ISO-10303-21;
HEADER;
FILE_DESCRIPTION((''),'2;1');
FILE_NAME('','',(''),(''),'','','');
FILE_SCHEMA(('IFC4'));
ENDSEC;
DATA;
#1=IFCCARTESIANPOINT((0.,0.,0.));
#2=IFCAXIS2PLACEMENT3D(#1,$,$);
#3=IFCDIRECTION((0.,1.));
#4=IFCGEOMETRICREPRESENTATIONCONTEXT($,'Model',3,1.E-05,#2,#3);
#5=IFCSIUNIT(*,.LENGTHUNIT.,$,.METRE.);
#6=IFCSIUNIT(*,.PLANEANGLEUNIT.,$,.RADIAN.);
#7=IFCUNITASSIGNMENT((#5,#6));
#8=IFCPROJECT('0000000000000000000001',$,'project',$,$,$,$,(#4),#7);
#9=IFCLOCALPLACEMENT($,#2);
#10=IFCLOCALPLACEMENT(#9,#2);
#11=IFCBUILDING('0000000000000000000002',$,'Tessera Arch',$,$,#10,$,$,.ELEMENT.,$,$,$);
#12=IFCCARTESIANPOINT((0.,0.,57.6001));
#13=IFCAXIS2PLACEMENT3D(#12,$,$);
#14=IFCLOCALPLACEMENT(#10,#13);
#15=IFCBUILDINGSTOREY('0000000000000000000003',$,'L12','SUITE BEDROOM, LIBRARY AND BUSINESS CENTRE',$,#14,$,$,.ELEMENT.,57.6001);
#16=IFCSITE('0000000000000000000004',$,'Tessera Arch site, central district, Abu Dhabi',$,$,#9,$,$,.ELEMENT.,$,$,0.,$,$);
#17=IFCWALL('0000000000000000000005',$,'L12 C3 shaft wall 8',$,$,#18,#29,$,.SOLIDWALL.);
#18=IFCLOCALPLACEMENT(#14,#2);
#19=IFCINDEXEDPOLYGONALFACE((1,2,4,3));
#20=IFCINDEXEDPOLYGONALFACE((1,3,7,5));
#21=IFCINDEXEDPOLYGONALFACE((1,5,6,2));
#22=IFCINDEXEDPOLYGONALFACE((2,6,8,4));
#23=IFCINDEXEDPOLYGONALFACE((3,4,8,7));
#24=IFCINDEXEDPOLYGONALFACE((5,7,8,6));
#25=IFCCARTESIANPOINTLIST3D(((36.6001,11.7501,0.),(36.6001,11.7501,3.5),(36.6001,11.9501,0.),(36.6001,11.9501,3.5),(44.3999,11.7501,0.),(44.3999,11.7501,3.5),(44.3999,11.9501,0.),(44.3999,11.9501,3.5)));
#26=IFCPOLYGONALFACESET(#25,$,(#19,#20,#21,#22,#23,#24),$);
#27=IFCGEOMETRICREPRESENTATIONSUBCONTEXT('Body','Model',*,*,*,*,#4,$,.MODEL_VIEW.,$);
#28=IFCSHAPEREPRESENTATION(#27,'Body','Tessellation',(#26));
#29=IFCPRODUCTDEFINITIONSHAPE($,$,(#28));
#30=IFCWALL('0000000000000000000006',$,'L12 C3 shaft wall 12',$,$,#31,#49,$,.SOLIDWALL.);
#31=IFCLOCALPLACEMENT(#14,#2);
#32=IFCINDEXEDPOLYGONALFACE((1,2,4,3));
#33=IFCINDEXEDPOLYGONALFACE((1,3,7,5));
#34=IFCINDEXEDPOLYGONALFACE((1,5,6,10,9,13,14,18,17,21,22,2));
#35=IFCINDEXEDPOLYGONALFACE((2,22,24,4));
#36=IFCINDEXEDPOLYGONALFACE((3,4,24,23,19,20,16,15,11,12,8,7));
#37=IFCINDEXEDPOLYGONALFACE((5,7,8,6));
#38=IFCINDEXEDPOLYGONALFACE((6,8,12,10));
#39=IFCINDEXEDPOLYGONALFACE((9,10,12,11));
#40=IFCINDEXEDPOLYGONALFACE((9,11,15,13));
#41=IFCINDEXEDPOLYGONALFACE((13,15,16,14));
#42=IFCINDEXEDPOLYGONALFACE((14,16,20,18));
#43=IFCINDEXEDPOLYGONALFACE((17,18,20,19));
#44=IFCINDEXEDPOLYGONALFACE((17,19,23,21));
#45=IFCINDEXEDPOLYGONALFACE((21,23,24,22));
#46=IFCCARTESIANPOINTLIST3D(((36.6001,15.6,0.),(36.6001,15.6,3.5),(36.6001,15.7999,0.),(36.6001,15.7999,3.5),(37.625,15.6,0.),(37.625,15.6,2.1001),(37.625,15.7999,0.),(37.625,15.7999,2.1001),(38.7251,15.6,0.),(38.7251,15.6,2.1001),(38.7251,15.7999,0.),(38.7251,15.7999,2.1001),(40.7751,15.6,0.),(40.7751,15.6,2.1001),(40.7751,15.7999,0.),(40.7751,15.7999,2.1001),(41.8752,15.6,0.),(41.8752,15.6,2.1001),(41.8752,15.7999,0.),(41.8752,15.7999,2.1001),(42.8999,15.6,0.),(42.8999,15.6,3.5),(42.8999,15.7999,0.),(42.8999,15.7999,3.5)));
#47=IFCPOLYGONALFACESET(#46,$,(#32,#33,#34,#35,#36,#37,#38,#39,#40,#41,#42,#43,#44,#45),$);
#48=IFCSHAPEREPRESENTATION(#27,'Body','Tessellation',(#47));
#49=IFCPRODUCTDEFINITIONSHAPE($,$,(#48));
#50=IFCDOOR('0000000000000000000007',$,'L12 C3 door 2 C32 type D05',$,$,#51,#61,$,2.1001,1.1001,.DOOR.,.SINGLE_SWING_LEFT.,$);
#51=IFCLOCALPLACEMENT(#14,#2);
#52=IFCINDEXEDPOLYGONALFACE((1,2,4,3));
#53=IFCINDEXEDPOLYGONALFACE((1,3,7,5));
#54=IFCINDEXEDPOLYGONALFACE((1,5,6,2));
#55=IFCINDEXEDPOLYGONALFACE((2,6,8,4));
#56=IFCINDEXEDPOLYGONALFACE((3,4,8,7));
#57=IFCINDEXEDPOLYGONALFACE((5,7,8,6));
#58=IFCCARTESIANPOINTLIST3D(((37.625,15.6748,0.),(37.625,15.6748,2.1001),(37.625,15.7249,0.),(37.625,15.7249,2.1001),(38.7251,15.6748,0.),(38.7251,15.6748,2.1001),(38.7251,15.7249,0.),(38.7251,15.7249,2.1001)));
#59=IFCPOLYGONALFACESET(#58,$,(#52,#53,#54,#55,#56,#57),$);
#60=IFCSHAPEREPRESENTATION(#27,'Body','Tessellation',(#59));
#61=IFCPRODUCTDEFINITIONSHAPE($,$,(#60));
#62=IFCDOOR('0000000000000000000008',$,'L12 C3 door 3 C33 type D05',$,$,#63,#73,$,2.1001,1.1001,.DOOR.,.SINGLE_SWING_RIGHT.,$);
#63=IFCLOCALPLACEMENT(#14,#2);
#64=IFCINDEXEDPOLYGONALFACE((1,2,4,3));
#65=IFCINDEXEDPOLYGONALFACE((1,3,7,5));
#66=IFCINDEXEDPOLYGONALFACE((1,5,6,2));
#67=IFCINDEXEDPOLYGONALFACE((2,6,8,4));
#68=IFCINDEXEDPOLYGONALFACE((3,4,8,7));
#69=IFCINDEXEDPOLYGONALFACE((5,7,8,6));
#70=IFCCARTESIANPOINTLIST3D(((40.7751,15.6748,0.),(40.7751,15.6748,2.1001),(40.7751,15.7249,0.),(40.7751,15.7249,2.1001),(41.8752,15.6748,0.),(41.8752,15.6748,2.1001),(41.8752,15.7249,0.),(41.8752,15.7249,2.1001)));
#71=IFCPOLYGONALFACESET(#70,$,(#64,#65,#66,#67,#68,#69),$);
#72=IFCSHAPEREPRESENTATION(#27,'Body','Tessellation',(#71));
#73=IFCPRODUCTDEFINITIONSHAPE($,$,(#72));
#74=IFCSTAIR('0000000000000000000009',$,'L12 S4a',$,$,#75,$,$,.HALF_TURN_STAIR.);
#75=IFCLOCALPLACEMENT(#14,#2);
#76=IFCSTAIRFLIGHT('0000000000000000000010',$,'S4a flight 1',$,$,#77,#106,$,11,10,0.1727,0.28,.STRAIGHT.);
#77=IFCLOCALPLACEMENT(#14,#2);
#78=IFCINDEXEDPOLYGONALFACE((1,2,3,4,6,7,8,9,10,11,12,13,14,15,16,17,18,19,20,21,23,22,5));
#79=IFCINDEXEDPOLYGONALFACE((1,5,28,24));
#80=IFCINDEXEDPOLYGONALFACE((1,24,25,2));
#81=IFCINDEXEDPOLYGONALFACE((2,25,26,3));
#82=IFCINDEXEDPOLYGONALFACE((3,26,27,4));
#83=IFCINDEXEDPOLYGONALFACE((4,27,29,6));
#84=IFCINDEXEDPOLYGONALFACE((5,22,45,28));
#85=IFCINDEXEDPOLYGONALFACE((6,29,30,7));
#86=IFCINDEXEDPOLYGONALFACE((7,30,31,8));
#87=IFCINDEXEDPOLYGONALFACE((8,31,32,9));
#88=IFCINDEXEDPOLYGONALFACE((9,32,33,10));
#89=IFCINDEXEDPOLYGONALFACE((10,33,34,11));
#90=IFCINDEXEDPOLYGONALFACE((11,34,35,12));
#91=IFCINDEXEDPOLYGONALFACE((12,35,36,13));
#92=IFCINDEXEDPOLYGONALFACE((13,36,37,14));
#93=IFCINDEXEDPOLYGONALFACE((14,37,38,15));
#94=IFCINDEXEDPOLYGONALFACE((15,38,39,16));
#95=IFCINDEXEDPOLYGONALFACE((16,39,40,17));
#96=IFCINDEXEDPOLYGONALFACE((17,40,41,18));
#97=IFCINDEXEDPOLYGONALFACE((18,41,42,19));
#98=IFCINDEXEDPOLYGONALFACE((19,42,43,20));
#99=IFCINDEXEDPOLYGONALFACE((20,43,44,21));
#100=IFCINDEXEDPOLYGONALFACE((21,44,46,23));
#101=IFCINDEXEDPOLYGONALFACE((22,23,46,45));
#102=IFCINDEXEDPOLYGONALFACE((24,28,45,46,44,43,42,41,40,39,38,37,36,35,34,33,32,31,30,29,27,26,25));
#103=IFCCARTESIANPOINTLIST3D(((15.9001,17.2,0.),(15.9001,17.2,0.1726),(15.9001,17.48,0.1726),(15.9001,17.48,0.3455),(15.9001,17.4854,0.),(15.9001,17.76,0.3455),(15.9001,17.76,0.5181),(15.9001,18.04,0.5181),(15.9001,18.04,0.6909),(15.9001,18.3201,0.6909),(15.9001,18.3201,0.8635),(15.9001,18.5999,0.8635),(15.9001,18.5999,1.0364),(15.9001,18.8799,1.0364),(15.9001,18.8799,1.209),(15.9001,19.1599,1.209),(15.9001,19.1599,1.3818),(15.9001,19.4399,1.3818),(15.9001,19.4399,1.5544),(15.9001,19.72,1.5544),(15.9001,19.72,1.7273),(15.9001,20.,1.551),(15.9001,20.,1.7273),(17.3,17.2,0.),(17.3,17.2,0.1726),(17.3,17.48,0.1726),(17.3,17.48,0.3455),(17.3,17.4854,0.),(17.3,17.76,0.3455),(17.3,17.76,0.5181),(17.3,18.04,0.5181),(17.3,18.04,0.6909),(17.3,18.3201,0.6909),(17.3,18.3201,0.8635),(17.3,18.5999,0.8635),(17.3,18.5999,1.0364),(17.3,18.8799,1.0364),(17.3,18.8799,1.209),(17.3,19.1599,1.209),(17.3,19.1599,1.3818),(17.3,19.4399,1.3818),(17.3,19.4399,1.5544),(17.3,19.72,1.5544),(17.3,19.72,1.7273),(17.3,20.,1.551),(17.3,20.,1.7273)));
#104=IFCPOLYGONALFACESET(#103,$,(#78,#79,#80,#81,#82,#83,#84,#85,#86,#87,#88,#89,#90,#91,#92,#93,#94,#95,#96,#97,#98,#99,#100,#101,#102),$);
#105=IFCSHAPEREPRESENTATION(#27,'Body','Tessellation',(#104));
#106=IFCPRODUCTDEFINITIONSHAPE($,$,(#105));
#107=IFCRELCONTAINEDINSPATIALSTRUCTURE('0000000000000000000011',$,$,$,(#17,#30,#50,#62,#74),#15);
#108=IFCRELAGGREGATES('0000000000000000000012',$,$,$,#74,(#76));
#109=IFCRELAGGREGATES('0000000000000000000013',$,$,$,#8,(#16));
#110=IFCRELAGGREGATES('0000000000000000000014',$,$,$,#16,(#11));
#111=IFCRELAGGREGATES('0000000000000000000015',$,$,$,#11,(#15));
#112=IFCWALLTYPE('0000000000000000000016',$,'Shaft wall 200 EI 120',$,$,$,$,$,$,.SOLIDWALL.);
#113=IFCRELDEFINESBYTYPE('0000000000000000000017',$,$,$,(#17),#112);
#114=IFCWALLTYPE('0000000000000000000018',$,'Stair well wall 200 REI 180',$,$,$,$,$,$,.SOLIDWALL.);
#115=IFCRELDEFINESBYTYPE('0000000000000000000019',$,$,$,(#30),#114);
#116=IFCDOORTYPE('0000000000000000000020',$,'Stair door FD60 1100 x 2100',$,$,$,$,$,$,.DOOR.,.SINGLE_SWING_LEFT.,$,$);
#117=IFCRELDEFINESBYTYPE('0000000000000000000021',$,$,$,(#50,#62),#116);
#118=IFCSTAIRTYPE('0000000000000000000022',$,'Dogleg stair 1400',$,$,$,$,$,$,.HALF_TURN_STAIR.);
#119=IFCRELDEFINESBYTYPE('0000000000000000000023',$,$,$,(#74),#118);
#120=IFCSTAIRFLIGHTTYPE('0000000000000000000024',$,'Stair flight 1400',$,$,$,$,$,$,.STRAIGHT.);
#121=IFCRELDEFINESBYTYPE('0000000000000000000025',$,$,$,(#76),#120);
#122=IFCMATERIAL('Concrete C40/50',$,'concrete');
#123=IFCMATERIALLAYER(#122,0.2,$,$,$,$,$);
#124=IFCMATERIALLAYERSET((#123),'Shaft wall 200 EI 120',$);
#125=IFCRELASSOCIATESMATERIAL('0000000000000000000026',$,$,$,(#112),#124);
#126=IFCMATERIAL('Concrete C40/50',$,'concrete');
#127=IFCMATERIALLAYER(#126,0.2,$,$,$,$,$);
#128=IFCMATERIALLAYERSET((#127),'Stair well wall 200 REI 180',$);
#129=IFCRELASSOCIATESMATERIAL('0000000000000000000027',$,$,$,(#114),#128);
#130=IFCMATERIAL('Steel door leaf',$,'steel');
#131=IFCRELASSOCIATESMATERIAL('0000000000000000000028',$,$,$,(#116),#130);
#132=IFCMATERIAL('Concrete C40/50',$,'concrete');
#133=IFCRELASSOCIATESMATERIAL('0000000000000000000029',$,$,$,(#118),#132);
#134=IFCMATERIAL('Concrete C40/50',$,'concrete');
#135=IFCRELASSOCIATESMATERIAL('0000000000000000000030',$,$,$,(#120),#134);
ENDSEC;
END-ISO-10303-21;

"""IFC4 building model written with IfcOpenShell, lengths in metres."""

from ifc_helpers import new_model, si_unit, direction, frame, frame_2d, origin, place, context, subcontext, project, spatial, polyline, rectangle, outline, extrude, material, layer, layer_set, type_object, element, fill, aggregate, save


model = new_model("IFC4")

# Units and contexts
model_context = context("Model", 3, precision=1e-05, world=origin(), true_north=direction((0.0, 1.0)))
body_context = subcontext(model_context, "Body", "Model", "MODEL_VIEW")
ifc_project = project(units=[si_unit("LENGTHUNIT", "METRE"), si_unit("PLANEANGLEUNIT", "RADIAN")], contexts=[model_context])

# Site, building, storey
site_placement = place(None, origin())
site = spatial("IfcSite", under=ifc_project, at=site_placement, Name="Tessera Arch site, central district, Abu Dhabi", CompositionType="ELEMENT", RefElevation=0.0)
building_placement = place(site_placement, origin())
building = spatial("IfcBuilding", under=site, at=building_placement, Name="Tessera Arch", CompositionType="ELEMENT")
storey_placement = place(building_placement, frame((0.0, 0.0, 57.6001)))
storey = spatial("IfcBuildingStorey", under=building, at=storey_placement, Name="L12", Description="SUITE BEDROOM, LIBRARY AND BUSINESS CENTRE", CompositionType="ELEMENT", Elevation=57.6001)

# Wall
ifc_material_1 = material(Name="Concrete C40/50", Category="concrete")
ifc_layer_1 = layer(ifc_material_1, 0.2)
ifc_layer_set_1 = layer_set([ifc_layer_1], Name="Shaft wall 200 EI 120")
wall_type_1 = type_object("IfcWallType", Name="Shaft wall 200 EI 120", PredefinedType="SOLIDWALL", material=ifc_layer_set_1)
wall_1_placement = place(storey_placement, frame((36.6001, 11.8501, 0.0), z_axis=(0.0, 0.0, 1.0), x_axis=(1.0, 0.0, 0.0)))
element("IfcWall", 1, at=wall_1_placement, inside=storey, type_object=wall_type_1, Name="L12 C3 shaft wall 8", PredefinedType="SOLIDWALL", context=body_context, shape_type="SweptSolid", body=[
    extrude(rectangle(XDim=7.7998, YDim=0.2, at=frame_2d((3.8999, 0.0))), origin(), (0.0, 0.0, 1.0), 3.5),
])

# Wall, openings, doors
ifc_material_2 = material(Name="Concrete C40/50", Category="concrete")
ifc_layer_2 = layer(ifc_material_2, 0.2)
ifc_layer_set_2 = layer_set([ifc_layer_2], Name="Stair well wall 200 REI 180")
wall_type_2 = type_object("IfcWallType", Name="Stair well wall 200 REI 180", PredefinedType="SOLIDWALL", material=ifc_layer_set_2)
wall_2_placement = place(storey_placement, frame((36.6001, 15.7, 0.0), z_axis=(0.0, 0.0, 1.0), x_axis=(1.0, 0.0, 0.0)))
wall_2 = element("IfcWall", 2, at=wall_2_placement, inside=storey, type_object=wall_type_2, Name="L12 C3 shaft wall 12", PredefinedType="SOLIDWALL", context=body_context, shape_type="SweptSolid", body=[
    extrude(rectangle(XDim=6.2998, YDim=0.2, at=frame_2d((3.1499, 0.0))), origin(), (0.0, 0.0, 1.0), 3.5),
])
opening_1_placement = place(wall_2_placement, frame((1.0249, 0.0, 0.0)))
opening_1 = element("IfcOpeningElement", 3, at=opening_1_placement, cuts=wall_2, PredefinedType="OPENING", context=body_context, shape_type="SweptSolid", body=[
    extrude(rectangle(XDim=1.1001, YDim=2.1001, at=frame_2d((0.55, 1.05))), frame((0.0, 0.1099, 0.0), z_axis=(0.0, -1.0, 0.0), x_axis=(1.0, 0.0, 0.0)), (0.0, 0.0, 1.0), 0.22),
])
opening_2_placement = place(wall_2_placement, frame((4.175, 0.0, 0.0)))
opening_2 = element("IfcOpeningElement", 4, at=opening_2_placement, cuts=wall_2, PredefinedType="OPENING", context=body_context, shape_type="SweptSolid", body=[
    extrude(rectangle(XDim=1.1001, YDim=2.1001, at=frame_2d((0.55, 1.05))), frame((0.0, 0.1099, 0.0), z_axis=(0.0, -1.0, 0.0), x_axis=(1.0, 0.0, 0.0)), (0.0, 0.0, 1.0), 0.22),
])
ifc_material_3 = material(Name="Steel door leaf", Category="steel")
door_type_1 = type_object("IfcDoorType", Name="Stair door FD60 1100 x 2100", OperationType="SINGLE_SWING_LEFT", PredefinedType="DOOR", material=ifc_material_3)
door_1_placement = place(opening_1_placement, origin())
door_1 = element("IfcDoor", 5, at=door_1_placement, inside=storey, type_object=door_type_1, Name="L12 C3 door 2 C32 type D05", OperationType="SINGLE_SWING_LEFT", OverallHeight=2.1001, OverallWidth=1.1001, PredefinedType="DOOR", context=body_context, shape_type="SweptSolid", body=[
    extrude(rectangle(XDim=1.1001, YDim=2.1001, at=frame_2d((0.55, 1.05))), frame((0.0, 0.0249, 0.0), z_axis=(0.0, -1.0, 0.0), x_axis=(1.0, 0.0, 0.0)), (0.0, 0.0, 1.0), 0.05),
])
fill(opening_1, door_1)
door_2_placement = place(opening_2_placement, origin())
door_2 = element("IfcDoor", 6, at=door_2_placement, inside=storey, type_object=door_type_1, Name="L12 C3 door 3 C33 type D05", OperationType="SINGLE_SWING_RIGHT", OverallHeight=2.1001, OverallWidth=1.1001, PredefinedType="DOOR", context=body_context, shape_type="SweptSolid", body=[
    extrude(rectangle(XDim=1.1001, YDim=2.1001, at=frame_2d((0.55, 1.05))), frame((0.0, 0.0249, 0.0), z_axis=(0.0, -1.0, 0.0), x_axis=(1.0, 0.0, 0.0)), (0.0, 0.0, 1.0), 0.05),
])
fill(opening_2, door_2)

# Stair, stair flight
ifc_material_4 = material(Name="Concrete C40/50", Category="concrete")
stair_type = type_object("IfcStairType", Name="Dogleg stair 1400", PredefinedType="HALF_TURN_STAIR", material=ifc_material_4)
stair_placement = place(storey_placement, origin())
stair = element("IfcStair", 7, at=stair_placement, inside=storey, type_object=stair_type, Name="L12 S4a", PredefinedType="HALF_TURN_STAIR")
ifc_material_5 = material(Name="Concrete C40/50", Category="concrete")
stair_flight_type = type_object("IfcStairFlightType", Name="Stair flight 1400", PredefinedType="STRAIGHT", material=ifc_material_5)
stair_flight_placement = place(storey_placement, frame((16.6001, 17.2, 0.0), z_axis=(0.0, 0.0, 1.0), x_axis=(0.0, 1.0, 0.0)))
stair_flight = element("IfcStairFlight", 8, at=stair_flight_placement, type_object=stair_flight_type, Name="S4a flight 1", NumberOfRisers=11, NumberOfTreads=10, PredefinedType="STRAIGHT", RiserHeight=0.1727, TreadLength=0.28, context=body_context, shape_type="SweptSolid", body=[
    extrude(outline(polyline([(0.0, 0.0), (0.0, 0.1726), (0.28, 0.1726), (0.28, 0.3455), (0.5601, 0.3455), (0.5601, 0.5181), (0.8401, 0.5181), (0.8401, 0.6909), (1.1201, 0.6909), (1.1201, 0.8635), (1.3999, 0.8635), (1.3999, 1.0364), (1.6799, 1.0364), (1.6799, 1.209), (1.96, 1.209), (1.96, 1.3818), (2.24, 1.3818), (2.24, 1.5544), (2.52, 1.5544), (2.52, 1.7273), (2.8, 1.7273), (2.8, 1.8999), (2.8, 1.551), (0.2854, 0.0), (0.0, 0.0)])), frame((0.0, 0.7, 0.0), z_axis=(0.0, -1.0, 0.0), x_axis=(1.0, 0.0, 0.0)), (0.0, 0.0, 1.0), 1.3999),
])
aggregate(stair, [stair_flight])

save(model, "model.ifc")
